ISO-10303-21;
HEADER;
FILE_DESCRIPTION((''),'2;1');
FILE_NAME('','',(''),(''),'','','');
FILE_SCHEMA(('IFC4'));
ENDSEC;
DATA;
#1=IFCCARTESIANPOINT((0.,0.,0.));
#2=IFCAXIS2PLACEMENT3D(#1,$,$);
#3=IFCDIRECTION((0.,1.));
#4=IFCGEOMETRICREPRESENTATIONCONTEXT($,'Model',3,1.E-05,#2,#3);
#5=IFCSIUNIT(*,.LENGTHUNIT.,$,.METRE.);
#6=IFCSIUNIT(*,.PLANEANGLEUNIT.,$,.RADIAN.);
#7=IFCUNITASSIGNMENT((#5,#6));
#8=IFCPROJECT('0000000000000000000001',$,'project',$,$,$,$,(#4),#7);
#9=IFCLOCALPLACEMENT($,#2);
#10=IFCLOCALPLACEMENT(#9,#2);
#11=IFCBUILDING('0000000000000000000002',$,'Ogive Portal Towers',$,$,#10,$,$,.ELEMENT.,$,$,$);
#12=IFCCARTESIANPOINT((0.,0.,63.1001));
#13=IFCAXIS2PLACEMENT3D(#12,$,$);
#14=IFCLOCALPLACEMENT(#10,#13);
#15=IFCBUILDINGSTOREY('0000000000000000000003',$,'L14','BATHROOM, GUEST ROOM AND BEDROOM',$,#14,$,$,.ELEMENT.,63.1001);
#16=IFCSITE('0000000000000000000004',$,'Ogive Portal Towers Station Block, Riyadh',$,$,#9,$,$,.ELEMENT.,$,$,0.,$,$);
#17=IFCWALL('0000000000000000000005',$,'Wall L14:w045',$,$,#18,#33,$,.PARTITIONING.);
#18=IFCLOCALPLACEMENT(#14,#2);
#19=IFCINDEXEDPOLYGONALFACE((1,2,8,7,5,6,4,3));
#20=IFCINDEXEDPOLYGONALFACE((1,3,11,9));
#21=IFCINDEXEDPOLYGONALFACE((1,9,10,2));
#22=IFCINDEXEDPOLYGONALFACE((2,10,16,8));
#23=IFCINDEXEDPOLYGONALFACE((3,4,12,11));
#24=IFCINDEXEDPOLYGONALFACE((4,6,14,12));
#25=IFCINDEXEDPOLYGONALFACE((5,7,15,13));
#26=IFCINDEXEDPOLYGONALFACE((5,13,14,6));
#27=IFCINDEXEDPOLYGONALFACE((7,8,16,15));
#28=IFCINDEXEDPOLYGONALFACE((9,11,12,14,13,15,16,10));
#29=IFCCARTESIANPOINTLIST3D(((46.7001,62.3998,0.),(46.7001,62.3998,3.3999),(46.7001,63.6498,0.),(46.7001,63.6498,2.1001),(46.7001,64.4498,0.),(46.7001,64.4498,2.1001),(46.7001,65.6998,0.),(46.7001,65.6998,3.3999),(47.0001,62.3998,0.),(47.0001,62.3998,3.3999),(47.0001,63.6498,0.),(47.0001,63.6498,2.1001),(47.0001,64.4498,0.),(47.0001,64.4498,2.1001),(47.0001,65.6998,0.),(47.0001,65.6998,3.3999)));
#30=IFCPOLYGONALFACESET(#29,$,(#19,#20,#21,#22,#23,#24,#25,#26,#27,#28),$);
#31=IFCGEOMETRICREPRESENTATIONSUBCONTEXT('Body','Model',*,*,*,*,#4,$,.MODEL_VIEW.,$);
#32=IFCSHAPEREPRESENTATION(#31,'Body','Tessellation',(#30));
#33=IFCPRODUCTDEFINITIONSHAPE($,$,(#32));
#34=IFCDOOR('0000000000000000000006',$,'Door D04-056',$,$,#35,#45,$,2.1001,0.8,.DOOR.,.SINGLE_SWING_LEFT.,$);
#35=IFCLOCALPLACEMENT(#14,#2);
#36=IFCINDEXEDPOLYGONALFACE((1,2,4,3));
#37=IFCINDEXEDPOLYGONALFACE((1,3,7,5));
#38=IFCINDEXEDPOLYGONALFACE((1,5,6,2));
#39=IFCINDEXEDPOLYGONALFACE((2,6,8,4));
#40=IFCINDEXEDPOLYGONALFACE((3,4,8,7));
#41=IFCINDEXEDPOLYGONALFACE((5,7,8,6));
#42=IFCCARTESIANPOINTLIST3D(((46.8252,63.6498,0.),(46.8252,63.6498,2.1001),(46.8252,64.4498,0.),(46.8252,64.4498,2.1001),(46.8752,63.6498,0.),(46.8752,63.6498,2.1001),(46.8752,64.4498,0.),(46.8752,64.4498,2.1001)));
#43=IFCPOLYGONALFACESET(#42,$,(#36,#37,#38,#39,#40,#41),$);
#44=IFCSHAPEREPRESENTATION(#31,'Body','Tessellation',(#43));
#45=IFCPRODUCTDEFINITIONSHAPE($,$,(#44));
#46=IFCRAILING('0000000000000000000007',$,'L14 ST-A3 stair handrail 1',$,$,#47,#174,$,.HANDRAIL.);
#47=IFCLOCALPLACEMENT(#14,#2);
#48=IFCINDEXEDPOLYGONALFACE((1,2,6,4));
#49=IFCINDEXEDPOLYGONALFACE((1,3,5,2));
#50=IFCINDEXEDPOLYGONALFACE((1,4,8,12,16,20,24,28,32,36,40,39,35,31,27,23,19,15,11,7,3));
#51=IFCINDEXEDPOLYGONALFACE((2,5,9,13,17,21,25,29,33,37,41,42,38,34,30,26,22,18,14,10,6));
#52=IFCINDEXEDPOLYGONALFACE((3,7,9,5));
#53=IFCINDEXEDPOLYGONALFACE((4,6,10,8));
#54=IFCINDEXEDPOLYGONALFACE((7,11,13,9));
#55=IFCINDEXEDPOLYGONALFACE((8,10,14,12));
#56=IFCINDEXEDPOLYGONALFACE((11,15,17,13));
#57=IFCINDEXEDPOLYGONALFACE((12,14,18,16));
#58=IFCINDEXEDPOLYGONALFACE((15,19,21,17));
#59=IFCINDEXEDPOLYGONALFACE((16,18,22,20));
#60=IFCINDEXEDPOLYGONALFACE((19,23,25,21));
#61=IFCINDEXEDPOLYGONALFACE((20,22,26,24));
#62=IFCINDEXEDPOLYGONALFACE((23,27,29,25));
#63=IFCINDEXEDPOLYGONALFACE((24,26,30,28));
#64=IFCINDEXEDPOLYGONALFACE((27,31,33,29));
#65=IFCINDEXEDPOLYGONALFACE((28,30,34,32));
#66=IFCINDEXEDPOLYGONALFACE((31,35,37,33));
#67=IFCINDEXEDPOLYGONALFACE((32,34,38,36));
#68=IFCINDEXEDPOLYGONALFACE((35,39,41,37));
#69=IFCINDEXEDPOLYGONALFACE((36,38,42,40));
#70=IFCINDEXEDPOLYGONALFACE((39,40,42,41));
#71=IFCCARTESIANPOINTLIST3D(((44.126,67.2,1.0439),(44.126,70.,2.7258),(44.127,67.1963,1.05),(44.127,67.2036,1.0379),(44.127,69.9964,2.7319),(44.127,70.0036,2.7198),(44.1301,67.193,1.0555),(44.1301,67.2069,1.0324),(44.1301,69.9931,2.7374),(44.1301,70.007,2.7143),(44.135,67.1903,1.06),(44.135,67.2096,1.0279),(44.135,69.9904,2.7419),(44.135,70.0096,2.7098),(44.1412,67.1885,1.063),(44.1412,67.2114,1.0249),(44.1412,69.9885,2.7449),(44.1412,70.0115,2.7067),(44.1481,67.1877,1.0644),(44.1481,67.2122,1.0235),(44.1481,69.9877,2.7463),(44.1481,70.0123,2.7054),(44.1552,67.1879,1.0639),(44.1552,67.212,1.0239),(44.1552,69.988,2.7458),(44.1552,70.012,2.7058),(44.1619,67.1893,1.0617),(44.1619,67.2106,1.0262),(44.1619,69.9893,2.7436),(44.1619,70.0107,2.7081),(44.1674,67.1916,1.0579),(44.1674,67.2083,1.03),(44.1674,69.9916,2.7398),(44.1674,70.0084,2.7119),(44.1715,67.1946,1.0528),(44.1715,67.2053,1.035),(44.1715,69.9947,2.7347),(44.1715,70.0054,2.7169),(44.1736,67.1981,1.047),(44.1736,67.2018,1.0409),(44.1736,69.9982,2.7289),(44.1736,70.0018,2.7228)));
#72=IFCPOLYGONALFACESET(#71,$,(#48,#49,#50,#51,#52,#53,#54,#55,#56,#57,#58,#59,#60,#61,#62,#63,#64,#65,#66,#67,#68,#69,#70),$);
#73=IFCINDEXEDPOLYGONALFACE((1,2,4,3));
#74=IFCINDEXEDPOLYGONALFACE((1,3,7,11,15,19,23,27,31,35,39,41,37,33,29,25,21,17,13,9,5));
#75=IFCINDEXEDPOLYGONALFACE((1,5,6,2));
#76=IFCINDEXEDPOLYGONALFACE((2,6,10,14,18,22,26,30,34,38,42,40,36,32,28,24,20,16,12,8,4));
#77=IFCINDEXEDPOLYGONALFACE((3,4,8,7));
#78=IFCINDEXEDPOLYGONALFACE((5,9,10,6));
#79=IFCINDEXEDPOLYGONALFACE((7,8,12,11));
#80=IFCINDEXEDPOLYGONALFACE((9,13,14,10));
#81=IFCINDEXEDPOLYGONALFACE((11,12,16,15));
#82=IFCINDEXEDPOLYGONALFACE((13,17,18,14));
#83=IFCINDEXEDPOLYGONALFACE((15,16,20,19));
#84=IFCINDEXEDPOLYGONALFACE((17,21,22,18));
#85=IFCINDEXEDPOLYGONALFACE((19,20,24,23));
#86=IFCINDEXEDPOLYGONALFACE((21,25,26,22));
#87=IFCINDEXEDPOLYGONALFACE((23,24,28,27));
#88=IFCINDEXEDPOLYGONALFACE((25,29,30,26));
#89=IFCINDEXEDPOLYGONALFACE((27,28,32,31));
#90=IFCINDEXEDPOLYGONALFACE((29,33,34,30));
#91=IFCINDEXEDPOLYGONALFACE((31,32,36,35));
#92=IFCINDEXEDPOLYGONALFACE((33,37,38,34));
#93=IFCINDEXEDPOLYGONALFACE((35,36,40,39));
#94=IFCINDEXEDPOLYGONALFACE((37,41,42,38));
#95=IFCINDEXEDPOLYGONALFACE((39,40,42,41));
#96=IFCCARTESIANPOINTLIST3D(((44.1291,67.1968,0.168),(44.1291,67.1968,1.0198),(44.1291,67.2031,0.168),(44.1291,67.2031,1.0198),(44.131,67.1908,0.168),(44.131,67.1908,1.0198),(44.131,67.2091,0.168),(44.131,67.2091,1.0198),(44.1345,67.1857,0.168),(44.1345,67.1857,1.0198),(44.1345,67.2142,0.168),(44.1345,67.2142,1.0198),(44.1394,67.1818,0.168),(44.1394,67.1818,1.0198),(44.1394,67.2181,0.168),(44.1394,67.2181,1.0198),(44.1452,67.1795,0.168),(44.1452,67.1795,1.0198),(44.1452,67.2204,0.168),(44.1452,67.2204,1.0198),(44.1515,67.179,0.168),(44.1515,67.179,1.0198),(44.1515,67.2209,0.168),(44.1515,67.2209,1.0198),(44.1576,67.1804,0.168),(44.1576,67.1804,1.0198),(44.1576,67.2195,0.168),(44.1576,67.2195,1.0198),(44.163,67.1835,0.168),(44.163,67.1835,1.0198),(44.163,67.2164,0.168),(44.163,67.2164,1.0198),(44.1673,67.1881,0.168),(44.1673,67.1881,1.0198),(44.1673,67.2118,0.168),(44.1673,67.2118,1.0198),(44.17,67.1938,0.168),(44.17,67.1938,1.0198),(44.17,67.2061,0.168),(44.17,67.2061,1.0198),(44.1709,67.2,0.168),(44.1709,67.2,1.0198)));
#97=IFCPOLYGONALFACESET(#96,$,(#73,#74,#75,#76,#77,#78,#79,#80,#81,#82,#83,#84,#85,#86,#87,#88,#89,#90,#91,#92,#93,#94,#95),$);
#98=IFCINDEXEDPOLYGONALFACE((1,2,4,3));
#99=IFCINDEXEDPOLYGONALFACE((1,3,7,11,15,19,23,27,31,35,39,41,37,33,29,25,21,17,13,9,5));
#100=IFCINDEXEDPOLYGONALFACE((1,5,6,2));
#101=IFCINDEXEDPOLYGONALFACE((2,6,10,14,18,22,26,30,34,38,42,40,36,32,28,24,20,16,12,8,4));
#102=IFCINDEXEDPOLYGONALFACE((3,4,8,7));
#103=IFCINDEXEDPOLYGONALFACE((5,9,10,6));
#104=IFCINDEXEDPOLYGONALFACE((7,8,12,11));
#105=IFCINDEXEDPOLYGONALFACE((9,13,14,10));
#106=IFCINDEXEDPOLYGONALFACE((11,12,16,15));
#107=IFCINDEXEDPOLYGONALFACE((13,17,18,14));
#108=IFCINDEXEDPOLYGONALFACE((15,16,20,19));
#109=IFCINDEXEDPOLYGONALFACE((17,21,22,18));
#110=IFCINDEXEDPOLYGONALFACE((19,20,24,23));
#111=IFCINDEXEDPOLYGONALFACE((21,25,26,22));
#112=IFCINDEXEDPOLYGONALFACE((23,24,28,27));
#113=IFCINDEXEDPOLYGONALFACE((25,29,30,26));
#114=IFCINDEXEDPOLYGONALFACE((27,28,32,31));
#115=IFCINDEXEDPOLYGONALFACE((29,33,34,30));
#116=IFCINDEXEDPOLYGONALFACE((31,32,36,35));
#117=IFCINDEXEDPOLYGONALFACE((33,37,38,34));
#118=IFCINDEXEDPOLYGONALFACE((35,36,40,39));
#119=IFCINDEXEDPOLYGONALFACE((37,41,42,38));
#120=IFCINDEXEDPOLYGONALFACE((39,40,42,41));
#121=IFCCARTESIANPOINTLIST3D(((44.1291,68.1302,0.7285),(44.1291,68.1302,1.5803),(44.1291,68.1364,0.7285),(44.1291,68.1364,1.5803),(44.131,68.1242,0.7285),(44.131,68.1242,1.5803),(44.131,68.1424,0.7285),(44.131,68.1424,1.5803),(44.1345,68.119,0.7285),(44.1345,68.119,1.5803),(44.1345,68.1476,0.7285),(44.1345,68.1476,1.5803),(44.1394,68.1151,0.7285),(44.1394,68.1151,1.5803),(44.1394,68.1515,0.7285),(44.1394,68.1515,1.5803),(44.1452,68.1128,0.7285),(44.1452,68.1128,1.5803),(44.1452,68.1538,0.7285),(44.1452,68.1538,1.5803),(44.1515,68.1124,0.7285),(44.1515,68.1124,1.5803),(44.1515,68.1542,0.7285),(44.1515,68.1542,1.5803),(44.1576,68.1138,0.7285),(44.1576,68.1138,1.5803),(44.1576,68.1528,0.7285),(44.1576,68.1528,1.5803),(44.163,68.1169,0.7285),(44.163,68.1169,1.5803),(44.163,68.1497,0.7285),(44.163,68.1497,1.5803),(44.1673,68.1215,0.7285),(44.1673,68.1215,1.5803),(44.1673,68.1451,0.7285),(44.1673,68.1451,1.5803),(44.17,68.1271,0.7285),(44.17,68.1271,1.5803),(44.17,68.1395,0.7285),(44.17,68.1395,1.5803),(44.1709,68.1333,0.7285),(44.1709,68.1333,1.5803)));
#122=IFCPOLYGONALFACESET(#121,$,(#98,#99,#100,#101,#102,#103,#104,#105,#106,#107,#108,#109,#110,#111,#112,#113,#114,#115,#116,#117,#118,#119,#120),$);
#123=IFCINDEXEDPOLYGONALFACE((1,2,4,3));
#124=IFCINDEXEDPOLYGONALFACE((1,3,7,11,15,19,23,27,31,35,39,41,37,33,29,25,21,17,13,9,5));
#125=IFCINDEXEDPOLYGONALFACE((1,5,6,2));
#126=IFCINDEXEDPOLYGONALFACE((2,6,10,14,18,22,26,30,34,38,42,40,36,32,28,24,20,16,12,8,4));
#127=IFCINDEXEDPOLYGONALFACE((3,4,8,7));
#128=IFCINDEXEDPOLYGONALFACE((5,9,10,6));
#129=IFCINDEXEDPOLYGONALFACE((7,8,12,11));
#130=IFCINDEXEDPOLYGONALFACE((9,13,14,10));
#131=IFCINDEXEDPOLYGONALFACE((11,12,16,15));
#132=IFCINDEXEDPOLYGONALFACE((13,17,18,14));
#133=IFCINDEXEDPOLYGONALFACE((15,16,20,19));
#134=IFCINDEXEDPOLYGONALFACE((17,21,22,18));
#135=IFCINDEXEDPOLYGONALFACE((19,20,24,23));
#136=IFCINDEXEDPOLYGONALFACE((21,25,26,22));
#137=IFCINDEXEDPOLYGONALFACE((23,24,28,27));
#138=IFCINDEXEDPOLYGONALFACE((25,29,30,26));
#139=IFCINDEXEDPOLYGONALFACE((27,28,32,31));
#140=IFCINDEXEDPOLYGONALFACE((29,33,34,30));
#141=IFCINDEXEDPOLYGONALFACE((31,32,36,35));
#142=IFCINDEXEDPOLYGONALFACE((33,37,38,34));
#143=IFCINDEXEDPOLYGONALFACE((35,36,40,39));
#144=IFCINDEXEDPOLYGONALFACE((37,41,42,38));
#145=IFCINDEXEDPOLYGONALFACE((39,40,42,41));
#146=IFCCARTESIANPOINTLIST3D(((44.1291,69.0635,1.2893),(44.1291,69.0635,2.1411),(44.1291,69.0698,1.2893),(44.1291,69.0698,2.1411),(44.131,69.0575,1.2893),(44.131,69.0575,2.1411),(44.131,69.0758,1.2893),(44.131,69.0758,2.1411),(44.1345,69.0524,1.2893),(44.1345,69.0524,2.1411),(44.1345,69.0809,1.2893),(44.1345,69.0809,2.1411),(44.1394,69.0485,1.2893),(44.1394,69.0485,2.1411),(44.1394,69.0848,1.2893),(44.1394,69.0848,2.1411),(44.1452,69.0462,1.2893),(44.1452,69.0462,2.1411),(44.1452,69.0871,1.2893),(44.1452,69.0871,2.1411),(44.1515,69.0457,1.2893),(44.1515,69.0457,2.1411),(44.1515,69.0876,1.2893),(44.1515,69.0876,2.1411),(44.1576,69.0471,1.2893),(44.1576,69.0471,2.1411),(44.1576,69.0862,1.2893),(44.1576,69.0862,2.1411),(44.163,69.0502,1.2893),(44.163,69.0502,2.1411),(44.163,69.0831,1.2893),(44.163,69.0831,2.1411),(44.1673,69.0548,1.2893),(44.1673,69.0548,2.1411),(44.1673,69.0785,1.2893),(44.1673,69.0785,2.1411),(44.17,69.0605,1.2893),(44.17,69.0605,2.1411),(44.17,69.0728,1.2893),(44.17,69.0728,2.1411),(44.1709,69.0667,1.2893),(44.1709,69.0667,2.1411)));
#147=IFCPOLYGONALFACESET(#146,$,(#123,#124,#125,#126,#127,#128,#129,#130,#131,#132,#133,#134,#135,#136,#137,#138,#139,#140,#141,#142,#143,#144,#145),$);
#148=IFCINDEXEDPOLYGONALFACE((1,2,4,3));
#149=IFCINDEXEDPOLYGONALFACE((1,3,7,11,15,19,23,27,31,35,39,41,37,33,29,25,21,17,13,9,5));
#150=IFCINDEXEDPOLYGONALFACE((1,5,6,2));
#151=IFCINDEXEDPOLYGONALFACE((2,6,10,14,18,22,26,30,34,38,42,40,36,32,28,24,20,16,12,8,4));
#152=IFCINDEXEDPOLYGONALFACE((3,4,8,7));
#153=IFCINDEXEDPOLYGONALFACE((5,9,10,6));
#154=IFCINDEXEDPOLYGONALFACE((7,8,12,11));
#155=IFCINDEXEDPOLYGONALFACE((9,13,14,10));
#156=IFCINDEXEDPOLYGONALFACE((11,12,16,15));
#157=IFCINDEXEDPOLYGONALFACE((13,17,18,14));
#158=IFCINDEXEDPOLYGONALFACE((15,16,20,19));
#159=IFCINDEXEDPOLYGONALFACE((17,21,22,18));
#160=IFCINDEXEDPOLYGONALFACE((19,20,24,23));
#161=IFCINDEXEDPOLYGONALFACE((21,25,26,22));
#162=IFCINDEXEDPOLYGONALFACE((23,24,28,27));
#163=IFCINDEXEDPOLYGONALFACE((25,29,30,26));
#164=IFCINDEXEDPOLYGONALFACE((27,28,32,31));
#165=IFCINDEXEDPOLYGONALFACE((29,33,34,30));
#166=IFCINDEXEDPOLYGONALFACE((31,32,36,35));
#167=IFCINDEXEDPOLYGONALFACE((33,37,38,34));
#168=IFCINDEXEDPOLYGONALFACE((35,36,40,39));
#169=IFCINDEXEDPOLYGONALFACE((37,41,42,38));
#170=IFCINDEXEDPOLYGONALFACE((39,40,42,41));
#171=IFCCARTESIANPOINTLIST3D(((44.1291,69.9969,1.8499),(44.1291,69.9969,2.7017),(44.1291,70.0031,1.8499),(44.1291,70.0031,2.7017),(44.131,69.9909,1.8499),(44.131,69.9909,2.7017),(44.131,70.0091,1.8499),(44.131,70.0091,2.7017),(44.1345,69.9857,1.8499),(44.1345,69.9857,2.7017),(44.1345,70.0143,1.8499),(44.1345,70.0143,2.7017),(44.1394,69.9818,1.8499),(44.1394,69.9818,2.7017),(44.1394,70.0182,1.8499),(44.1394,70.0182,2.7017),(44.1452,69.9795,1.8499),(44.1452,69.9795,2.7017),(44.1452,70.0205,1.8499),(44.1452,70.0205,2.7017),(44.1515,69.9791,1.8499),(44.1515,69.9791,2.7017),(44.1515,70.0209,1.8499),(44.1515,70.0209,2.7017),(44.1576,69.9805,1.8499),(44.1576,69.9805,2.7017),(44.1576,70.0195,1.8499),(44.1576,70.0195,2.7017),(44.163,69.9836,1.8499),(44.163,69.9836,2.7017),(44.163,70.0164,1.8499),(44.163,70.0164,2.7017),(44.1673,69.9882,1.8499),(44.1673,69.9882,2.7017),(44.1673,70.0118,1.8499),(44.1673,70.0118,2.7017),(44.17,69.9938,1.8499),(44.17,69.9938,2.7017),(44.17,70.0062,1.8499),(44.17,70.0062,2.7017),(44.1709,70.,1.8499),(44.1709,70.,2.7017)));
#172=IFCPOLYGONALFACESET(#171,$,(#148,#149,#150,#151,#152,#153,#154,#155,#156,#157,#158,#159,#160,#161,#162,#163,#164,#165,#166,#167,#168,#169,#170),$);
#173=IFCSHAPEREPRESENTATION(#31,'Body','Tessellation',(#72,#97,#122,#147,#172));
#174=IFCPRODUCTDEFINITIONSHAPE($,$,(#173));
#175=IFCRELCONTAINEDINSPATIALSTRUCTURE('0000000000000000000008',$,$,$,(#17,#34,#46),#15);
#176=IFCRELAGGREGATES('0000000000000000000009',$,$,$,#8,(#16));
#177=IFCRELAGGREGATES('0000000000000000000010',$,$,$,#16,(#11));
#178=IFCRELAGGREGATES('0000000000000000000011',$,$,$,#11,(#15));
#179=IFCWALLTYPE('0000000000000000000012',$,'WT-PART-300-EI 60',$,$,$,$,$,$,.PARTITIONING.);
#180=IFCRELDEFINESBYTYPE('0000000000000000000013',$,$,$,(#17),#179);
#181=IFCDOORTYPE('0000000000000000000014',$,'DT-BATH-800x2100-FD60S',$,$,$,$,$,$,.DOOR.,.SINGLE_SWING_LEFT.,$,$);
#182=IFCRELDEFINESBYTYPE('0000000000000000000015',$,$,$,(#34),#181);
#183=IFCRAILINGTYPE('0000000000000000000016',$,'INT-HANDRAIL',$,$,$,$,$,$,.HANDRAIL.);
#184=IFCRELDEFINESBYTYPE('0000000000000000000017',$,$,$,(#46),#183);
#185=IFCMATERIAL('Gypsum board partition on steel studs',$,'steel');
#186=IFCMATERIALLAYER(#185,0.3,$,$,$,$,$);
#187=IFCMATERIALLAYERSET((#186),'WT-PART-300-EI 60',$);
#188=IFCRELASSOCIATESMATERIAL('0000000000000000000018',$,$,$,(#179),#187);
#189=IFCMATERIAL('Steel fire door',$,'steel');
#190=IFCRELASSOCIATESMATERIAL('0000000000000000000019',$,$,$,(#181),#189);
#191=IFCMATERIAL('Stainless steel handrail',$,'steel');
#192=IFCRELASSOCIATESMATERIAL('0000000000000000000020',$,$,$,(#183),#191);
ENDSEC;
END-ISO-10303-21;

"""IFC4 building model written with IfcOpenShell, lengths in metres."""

from ifc_helpers import new_model, si_unit, direction, frame, frame_2d, origin, origin_2d, place, context, subcontext, project, spatial, rectangle, circle, extrude, material, layer, layer_set, type_object, element, fill, save


model = new_model("IFC4")

# Units and contexts
model_context = context("Model", 3, precision=1e-05, world=origin(), true_north=direction((0.0, 1.0)))
body_context = subcontext(model_context, "Body", "Model", "MODEL_VIEW")
ifc_project = project(units=[si_unit("LENGTHUNIT", "METRE"), si_unit("PLANEANGLEUNIT", "RADIAN")], contexts=[model_context])

# Site, building, storey
site_placement = place(None, origin())
site = spatial("IfcSite", under=ifc_project, at=site_placement, Name="Ogive Portal Towers Station Block, Riyadh", CompositionType="ELEMENT", RefElevation=0.0)
building_placement = place(site_placement, origin())
building = spatial("IfcBuilding", under=site, at=building_placement, Name="Ogive Portal Towers", CompositionType="ELEMENT")
storey_placement = place(building_placement, frame((0.0, 0.0, 63.1001)))
storey = spatial("IfcBuildingStorey", under=building, at=storey_placement, Name="L14", Description="BATHROOM, GUEST ROOM AND BEDROOM", CompositionType="ELEMENT", Elevation=63.1001)

# Wall, opening, door
ifc_material_1 = material(Name="Gypsum board partition on steel studs", Category="steel")
ifc_layer_1 = layer(ifc_material_1, 0.3)
ifc_layer_set_1 = layer_set([ifc_layer_1], Name="WT-PART-300-EI 60")
wall_type_1 = type_object("IfcWallType", Name="WT-PART-300-EI 60", PredefinedType="PARTITIONING", material=ifc_layer_set_1)
ifc_material_2 = material(Name="Steel fire door", Category="steel")
door_type = type_object("IfcDoorType", Name="DT-BATH-800x2100-FD60S", OperationType="SINGLE_SWING_LEFT", PredefinedType="DOOR", material=ifc_material_2)
wall_1_placement = place(storey_placement, frame((46.8501, 62.3999, 0.0), z_axis=(0.0, 0.0, 1.0), x_axis=(0.0, 1.0, 0.0)))
wall_1 = element("IfcWall", 1, at=wall_1_placement, inside=storey, type_object=wall_type_1, Name="Wall L14:w045", PredefinedType="PARTITIONING", context=body_context, shape_type="SweptSolid", body=[
    extrude(rectangle(XDim=3.3, YDim=0.3, at=frame_2d((1.6499, 0.0))), origin(), (0.0, 0.0, 1.0), 3.3999),
])
opening_1_placement = place(wall_1_placement, frame((1.25, 0.0, 0.0)))
opening_1 = element("IfcOpeningElement", 2, at=opening_1_placement, cuts=wall_1, PredefinedType="OPENING", context=body_context, shape_type="SweptSolid", body=[
    extrude(rectangle(XDim=0.8, YDim=2.1001, at=frame_2d((0.3999, 1.05))), frame((0.0, 0.1602, 0.0), z_axis=(0.0, -1.0, 0.0), x_axis=(1.0, 0.0, 0.0)), (0.0, 0.0, 1.0), 0.3201),
])
door_1_placement = place(opening_1_placement, origin())
door_1 = element("IfcDoor", 3, at=door_1_placement, inside=storey, type_object=door_type, Name="Door D04-056", OperationType="SINGLE_SWING_LEFT", OverallHeight=2.1001, OverallWidth=0.8, PredefinedType="DOOR", context=body_context, shape_type="SweptSolid", body=[
    extrude(rectangle(XDim=0.8, YDim=2.1001, at=frame_2d((0.3999, 1.05))), frame((0.0, 0.0249, 0.0), z_axis=(0.0, -1.0, 0.0), x_axis=(1.0, 0.0, 0.0)), (0.0, 0.0, 1.0), 0.05),
])
fill(opening_1, door_1)

# Railing
ifc_material_3 = material(Name="Stainless steel handrail", Category="steel")
railing_type = type_object("IfcRailingType", Name="INT-HANDRAIL", PredefinedType="HANDRAIL", material=ifc_material_3)
railing_placement = place(storey_placement, frame((44.1499, 67.2, 0.168)))
element("IfcRailing", 4, at=railing_placement, inside=storey, type_object=railing_type, Name="L14 ST-A3 stair handrail 1", PredefinedType="HANDRAIL", context=body_context, shape_type="SweptSolid", body=[
    extrude(circle(Radius=0.0239, at=origin_2d()), frame((0.0, 0.0, 0.876), z_axis=(0.0, 0.857242, 0.514913), x_axis=(-1.0, 0.0, 0.0)), (0.0, 0.0, 1.0), 3.2664),
    extrude(circle(Radius=0.021, at=origin_2d()), origin(), (0.0, 0.0, 1.0), 0.8518),
    extrude(circle(Radius=0.021, at=origin_2d()), frame((0.0, 0.9333, 0.5605)), (0.0, 0.0, 1.0), 0.8518),
    extrude(circle(Radius=0.021, at=origin_2d()), frame((0.0, 1.8667, 1.1213)), (0.0, 0.0, 1.0), 0.8518),
    extrude(circle(Radius=0.021, at=origin_2d()), frame((0.0, 2.8, 1.6819)), (0.0, 0.0, 1.0), 0.8518),
])

save(model, "model.ifc")
